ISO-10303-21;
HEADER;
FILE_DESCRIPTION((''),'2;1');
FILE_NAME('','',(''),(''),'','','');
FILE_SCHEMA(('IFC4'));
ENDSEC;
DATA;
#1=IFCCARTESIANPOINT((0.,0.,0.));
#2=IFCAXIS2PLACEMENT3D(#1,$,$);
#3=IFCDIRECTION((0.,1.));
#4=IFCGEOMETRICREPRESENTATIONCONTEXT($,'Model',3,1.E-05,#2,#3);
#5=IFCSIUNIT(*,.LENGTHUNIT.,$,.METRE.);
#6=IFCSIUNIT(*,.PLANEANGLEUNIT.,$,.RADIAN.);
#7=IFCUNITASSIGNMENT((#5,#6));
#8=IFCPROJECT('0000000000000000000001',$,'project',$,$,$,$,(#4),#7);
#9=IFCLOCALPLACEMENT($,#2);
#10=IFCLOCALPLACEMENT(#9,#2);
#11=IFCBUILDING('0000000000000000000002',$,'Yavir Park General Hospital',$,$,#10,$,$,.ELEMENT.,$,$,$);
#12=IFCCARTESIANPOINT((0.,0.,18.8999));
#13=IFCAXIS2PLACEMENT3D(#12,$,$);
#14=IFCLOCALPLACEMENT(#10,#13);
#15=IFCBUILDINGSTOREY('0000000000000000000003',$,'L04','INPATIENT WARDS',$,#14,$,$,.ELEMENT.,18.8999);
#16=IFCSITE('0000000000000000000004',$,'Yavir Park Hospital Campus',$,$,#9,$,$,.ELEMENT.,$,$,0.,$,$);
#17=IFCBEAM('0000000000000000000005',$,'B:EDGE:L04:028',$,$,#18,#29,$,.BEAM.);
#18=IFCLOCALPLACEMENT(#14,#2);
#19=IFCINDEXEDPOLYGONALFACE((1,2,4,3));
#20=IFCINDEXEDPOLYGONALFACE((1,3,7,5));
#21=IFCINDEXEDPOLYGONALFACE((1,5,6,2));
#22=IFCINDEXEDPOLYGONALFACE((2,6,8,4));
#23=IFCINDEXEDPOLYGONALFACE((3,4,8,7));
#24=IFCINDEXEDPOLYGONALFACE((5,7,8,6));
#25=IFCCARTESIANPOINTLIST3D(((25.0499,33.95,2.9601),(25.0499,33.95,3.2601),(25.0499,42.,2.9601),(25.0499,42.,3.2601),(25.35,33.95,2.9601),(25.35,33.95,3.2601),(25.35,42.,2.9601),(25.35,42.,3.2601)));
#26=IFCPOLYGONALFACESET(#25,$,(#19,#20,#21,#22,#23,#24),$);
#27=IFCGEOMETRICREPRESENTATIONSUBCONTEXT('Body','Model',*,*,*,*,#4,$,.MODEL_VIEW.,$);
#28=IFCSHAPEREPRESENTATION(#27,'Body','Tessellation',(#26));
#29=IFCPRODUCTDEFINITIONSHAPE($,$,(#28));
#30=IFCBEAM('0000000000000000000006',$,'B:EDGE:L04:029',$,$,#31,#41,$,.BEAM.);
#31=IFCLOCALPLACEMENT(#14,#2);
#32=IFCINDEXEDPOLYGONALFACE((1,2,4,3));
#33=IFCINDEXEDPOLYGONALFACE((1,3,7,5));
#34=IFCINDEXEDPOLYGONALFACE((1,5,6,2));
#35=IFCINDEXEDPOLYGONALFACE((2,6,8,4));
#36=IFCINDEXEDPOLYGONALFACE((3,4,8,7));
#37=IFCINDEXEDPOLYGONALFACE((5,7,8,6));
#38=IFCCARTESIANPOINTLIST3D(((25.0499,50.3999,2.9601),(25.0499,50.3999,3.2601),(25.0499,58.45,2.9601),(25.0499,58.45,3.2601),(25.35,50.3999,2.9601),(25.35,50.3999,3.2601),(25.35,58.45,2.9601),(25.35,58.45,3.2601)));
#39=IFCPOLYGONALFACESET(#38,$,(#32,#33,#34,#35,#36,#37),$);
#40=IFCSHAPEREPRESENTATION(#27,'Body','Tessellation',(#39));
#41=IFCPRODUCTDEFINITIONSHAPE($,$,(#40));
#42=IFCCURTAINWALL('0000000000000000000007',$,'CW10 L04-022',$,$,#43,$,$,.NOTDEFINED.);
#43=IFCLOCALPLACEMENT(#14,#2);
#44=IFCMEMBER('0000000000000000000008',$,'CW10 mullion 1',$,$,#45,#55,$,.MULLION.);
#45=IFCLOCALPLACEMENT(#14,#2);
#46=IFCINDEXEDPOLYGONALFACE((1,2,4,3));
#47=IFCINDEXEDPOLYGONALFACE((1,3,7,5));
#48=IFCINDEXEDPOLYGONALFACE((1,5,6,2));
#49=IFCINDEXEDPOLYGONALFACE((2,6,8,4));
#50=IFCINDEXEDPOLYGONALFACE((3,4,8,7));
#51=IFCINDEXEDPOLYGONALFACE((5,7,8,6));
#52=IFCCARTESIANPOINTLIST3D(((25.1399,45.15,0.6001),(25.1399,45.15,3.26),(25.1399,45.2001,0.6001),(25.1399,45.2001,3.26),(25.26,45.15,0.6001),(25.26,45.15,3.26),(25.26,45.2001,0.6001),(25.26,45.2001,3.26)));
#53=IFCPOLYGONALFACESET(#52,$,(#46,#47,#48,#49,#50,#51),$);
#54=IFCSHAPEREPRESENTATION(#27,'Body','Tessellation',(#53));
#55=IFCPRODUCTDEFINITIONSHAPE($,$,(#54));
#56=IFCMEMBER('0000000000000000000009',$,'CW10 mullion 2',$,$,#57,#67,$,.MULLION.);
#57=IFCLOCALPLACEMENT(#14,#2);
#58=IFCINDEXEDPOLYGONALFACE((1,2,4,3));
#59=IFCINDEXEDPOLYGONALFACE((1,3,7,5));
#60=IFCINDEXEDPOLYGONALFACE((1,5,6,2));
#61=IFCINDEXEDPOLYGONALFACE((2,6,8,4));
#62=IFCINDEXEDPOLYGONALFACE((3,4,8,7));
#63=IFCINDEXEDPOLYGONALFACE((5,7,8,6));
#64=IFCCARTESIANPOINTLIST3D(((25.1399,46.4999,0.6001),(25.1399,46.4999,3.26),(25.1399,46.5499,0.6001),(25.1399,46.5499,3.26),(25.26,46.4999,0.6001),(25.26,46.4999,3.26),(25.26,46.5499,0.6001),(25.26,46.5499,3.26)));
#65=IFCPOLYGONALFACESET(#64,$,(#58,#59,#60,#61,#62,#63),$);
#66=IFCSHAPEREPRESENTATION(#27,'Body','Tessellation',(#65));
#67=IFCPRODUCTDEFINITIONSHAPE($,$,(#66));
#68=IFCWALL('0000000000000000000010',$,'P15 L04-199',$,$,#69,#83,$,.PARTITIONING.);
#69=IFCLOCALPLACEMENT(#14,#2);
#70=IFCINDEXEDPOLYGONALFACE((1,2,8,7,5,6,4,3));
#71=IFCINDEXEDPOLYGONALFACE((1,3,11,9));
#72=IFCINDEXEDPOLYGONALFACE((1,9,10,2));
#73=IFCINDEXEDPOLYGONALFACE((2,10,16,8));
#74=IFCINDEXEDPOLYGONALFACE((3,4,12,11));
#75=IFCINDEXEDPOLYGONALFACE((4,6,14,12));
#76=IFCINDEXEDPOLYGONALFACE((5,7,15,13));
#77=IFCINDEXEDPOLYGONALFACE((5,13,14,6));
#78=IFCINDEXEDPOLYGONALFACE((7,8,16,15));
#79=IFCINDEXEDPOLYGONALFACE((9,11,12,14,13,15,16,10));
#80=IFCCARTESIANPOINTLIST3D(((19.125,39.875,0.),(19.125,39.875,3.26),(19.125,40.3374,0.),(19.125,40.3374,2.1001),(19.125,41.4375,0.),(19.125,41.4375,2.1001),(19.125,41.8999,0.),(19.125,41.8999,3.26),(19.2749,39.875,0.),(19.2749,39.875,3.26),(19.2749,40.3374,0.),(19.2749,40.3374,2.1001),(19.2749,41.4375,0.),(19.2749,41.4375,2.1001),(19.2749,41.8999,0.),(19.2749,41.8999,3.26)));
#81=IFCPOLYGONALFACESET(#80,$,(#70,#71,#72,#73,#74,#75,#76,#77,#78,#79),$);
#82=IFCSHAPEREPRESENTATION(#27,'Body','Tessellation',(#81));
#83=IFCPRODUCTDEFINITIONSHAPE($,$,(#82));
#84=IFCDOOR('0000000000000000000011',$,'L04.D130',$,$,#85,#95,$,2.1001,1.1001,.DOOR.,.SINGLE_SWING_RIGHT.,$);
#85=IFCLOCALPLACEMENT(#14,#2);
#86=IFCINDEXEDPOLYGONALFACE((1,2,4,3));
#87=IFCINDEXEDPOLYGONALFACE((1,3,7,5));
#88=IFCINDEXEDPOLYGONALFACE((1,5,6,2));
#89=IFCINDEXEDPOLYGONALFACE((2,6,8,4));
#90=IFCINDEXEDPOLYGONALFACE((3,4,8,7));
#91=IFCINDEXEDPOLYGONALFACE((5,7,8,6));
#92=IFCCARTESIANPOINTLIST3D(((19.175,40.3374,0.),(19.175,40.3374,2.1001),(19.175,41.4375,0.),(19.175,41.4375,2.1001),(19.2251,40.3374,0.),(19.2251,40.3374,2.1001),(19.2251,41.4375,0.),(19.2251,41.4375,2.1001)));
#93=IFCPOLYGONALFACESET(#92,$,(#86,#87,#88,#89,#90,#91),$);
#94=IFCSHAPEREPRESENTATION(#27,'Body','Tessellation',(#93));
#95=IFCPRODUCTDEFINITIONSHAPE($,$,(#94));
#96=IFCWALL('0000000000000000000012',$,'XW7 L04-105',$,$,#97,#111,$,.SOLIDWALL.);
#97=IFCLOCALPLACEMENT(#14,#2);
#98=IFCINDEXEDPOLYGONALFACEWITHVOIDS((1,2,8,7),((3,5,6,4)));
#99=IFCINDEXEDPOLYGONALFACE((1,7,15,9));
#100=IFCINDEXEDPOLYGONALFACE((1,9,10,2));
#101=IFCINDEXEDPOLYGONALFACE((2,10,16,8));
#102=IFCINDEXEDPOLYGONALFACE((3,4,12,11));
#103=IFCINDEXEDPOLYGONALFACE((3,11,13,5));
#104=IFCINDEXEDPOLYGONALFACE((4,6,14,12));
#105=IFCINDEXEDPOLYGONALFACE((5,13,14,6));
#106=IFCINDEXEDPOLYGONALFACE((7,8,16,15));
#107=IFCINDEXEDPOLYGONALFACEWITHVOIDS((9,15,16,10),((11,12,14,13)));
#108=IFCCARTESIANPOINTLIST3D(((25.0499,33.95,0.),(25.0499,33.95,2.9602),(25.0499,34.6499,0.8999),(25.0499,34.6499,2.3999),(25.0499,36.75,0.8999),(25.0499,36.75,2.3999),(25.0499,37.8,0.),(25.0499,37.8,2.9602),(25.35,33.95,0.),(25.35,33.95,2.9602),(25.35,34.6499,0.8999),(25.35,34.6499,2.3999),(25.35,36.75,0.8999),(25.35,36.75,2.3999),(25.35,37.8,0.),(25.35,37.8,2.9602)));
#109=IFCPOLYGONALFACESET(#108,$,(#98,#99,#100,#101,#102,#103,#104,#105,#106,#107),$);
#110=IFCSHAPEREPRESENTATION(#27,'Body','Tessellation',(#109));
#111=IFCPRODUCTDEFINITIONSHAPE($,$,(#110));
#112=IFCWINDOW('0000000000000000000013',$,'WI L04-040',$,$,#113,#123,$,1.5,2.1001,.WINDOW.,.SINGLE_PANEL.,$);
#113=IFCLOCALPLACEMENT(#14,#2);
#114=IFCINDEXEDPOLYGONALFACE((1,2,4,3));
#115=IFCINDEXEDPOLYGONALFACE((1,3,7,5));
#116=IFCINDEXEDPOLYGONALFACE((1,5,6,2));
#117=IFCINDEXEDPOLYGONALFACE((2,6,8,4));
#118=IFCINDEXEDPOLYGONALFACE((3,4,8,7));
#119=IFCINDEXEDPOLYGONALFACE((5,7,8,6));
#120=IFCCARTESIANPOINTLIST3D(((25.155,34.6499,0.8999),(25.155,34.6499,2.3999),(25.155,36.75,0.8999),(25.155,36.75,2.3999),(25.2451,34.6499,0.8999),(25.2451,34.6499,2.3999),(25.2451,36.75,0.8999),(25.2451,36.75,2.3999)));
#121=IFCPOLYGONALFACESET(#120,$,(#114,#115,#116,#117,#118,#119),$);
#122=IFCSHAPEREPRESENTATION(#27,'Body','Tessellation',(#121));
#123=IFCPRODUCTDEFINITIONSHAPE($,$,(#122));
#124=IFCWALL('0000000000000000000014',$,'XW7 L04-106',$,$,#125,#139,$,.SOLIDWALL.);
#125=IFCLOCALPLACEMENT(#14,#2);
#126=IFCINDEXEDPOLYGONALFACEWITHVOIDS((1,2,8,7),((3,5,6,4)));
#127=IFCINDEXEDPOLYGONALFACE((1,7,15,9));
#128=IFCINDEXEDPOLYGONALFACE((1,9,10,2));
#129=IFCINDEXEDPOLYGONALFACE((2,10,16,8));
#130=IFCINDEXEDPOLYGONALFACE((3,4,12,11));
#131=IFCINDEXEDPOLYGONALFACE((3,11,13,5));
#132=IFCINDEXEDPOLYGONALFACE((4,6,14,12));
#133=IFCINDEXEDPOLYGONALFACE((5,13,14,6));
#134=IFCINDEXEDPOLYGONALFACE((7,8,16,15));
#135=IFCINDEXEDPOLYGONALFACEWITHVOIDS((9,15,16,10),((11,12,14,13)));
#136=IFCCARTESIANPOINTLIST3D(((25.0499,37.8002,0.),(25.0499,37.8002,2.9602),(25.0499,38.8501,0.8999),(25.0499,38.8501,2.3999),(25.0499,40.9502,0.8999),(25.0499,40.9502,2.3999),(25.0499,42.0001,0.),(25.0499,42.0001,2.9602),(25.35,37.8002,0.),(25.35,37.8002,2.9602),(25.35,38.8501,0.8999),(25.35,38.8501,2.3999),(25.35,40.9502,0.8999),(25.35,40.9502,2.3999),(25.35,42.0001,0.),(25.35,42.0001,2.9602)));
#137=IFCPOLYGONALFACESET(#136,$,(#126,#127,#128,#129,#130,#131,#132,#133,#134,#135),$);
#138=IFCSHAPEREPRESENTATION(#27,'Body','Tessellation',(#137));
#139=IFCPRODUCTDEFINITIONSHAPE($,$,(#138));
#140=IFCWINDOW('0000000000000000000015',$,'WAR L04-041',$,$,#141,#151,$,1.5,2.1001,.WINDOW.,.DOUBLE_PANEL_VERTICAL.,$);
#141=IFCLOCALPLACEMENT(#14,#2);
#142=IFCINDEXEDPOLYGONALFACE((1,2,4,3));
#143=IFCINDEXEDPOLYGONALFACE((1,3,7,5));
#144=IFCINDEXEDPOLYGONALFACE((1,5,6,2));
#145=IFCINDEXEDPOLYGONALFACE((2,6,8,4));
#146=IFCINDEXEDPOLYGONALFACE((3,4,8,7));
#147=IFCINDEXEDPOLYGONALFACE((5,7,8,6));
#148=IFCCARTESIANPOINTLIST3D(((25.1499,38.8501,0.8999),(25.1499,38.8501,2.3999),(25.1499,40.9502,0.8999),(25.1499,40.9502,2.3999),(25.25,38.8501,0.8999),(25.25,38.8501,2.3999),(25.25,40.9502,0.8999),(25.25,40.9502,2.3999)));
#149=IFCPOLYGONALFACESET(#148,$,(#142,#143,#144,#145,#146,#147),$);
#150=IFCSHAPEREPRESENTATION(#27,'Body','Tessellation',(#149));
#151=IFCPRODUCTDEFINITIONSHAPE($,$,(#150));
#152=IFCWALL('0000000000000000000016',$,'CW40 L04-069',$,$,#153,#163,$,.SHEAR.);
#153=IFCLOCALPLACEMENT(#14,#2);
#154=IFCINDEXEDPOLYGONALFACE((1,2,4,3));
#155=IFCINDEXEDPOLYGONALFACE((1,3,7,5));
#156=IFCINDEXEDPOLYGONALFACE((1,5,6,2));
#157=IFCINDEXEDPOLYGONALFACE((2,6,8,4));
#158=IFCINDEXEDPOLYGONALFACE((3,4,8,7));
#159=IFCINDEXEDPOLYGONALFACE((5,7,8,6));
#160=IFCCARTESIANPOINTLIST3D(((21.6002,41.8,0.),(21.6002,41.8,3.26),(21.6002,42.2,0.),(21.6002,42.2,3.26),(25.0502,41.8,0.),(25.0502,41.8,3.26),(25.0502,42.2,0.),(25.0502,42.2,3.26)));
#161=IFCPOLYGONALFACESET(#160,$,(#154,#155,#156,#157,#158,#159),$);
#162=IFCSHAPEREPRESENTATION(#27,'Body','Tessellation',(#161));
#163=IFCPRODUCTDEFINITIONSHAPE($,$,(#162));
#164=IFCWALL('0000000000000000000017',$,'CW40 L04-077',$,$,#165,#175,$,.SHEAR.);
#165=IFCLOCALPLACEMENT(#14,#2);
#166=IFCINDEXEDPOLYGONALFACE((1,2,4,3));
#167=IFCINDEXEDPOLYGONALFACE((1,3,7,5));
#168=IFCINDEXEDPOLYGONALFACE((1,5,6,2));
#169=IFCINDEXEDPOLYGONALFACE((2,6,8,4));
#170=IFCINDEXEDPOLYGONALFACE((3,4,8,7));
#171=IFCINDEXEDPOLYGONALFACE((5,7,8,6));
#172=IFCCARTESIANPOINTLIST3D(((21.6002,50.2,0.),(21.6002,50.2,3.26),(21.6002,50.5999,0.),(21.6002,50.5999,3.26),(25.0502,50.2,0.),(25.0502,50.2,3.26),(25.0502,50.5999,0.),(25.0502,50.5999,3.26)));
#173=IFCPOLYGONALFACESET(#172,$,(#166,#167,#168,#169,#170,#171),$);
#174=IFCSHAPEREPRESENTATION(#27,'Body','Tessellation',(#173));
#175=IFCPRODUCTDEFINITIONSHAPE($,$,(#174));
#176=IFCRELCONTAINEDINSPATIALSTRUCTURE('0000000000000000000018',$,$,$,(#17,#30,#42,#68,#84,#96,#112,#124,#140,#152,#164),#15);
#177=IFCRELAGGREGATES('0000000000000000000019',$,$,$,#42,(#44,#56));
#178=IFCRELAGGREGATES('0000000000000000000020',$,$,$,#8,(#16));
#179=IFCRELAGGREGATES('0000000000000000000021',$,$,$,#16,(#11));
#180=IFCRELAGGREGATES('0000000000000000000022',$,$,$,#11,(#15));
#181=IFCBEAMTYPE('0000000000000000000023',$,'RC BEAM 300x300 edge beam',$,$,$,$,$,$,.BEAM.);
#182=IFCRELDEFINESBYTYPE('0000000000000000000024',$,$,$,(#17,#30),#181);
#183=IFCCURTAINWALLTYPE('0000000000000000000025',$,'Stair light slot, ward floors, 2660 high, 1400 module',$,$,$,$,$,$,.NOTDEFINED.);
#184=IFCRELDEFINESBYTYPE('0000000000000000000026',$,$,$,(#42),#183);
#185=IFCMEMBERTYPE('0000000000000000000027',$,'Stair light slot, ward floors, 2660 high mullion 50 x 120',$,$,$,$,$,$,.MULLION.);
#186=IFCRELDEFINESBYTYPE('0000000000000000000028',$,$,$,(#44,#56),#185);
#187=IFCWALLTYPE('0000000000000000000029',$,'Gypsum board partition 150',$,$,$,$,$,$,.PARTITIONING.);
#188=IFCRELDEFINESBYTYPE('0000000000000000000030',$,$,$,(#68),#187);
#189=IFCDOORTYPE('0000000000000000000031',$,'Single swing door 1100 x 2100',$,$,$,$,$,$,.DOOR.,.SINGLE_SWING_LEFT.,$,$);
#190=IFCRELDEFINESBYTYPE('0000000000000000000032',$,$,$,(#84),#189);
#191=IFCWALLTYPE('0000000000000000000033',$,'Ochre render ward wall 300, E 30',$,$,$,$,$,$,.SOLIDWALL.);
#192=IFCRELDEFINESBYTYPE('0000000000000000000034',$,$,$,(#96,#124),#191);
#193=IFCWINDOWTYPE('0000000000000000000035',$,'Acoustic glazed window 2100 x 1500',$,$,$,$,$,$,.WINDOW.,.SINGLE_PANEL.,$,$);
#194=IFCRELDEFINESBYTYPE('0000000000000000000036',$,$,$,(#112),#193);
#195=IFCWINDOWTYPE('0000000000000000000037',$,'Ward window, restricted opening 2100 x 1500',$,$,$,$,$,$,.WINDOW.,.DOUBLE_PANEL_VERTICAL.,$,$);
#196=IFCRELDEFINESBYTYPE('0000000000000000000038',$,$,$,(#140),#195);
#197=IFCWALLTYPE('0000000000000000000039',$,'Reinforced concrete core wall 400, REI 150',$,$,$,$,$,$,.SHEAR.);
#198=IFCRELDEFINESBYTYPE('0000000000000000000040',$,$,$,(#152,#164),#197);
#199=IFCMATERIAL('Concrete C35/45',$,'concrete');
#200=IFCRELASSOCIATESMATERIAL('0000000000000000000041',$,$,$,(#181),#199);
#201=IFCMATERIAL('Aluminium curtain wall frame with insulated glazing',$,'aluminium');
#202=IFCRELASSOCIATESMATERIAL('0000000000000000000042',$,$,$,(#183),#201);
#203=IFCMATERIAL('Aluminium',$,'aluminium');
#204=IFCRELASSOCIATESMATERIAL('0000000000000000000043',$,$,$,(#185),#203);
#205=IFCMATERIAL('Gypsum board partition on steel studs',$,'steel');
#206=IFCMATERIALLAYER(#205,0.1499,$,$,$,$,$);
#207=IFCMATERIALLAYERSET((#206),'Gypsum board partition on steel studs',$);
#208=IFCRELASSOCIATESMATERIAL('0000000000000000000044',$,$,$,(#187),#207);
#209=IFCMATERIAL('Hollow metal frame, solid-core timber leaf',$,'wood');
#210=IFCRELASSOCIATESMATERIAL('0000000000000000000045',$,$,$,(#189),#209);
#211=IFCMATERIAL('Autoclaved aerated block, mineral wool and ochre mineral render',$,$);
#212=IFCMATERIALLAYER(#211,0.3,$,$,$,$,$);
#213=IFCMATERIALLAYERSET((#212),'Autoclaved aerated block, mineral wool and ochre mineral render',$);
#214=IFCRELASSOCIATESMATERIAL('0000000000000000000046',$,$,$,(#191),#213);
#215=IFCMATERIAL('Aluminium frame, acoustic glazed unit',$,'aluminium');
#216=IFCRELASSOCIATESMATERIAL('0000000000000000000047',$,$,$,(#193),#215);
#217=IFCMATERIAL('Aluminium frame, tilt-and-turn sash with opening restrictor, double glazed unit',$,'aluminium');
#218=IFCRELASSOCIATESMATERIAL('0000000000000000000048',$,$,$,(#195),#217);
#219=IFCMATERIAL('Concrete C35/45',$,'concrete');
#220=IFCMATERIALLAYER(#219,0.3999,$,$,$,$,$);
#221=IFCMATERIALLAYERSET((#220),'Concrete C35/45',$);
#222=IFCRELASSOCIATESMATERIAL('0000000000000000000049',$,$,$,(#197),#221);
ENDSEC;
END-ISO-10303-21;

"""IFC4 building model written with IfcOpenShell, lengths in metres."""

from ifc_helpers import new_model, si_unit, direction, frame, frame_2d, origin, origin_2d, place, context, subcontext, project, spatial, rectangle, extrude, material, layer, layer_set, material_profile, profile_set, type_object, element, fill, aggregate, save


model = new_model("IFC4")

# Units and contexts
model_context = context("Model", 3, precision=1e-05, world=origin(), true_north=direction((0.0, 1.0)))
body_context = subcontext(model_context, "Body", "Model", "MODEL_VIEW")
ifc_project = project(units=[si_unit("LENGTHUNIT", "METRE"), si_unit("PLANEANGLEUNIT", "RADIAN")], contexts=[model_context])

# Site, building, storey
site_placement = place(None, origin())
site = spatial("IfcSite", under=ifc_project, at=site_placement, Name="Yavir Park Hospital Campus", CompositionType="ELEMENT", RefElevation=0.0)
building_placement = place(site_placement, origin())
building = spatial("IfcBuilding", under=site, at=building_placement, Name="Yavir Park General Hospital", CompositionType="ELEMENT")
storey_placement = place(building_placement, frame((0.0, 0.0, 18.8999)))
storey = spatial("IfcBuildingStorey", under=building, at=storey_placement, Name="L04", Description="INPATIENT WARDS", CompositionType="ELEMENT", Elevation=18.8999)

# Beams
ifc_material_1 = material(Name="Concrete C35/45", Category="concrete")
ifc_material_profile_1 = material_profile(ifc_material_1, rectangle(XDim=0.3, YDim=0.3, at=origin_2d()), Name="RC300x300")
ifc_profile_set_1 = profile_set([ifc_material_profile_1], Name="Concrete C35/45")
beam_type = type_object("IfcBeamType", Name="RC BEAM 300x300 edge beam", PredefinedType="BEAM", material=ifc_profile_set_1)
for number, where, z_axis, x_axis, name in (
    (1, (25.2, 33.95, 3.1101), (0.0, 1.0, 0.0), (-1.0, 0.0, 0.0), "B:EDGE:L04:028"),
    (2, (25.2, 50.3999, 3.1101), (0.0, 1.0, 0.0), (-1.0, 0.0, 0.0), "B:EDGE:L04:029"),
):
    element("IfcBeam", number, at=place(storey_placement, frame(where, z_axis=z_axis, x_axis=x_axis)), inside=storey, type_object=beam_type, Name=name, PredefinedType="BEAM", context=body_context, shape_type="SweptSolid", body=[
        extrude(rectangle(XDim=0.3, YDim=0.3, at=origin_2d()), origin(), (0.0, 0.0, 1.0), 8.05),
    ])

# Curtain wall, members
ifc_material_2 = material(Name="Aluminium curtain wall frame with insulated glazing", Category="aluminium")
curtain_wall_type = type_object("IfcCurtainWallType", Name="Stair light slot, ward floors, 2660 high, 1400 module", PredefinedType="NOTDEFINED", material=ifc_material_2)
curtain_wall_placement = place(storey_placement, origin())
curtain_wall = element("IfcCurtainWall", 3, at=curtain_wall_placement, inside=storey, type_object=curtain_wall_type, Name="CW10 L04-022", PredefinedType="NOTDEFINED")
ifc_material_3 = material(Name="Aluminium", Category="aluminium")
ifc_material_profile_2 = material_profile(ifc_material_3, rectangle(XDim=0.1201, YDim=0.05, at=origin_2d()), Name="AL 50x120")
ifc_profile_set_2 = profile_set([ifc_material_profile_2], Name="Aluminium")
member_type = type_object("IfcMemberType", Name="Stair light slot, ward floors, 2660 high mullion 50 x 120", PredefinedType="MULLION", material=ifc_profile_set_2)
member_1_placement = place(storey_placement, frame((25.2, 45.175, 0.6001), z_axis=(0.0, 0.0, 1.0), x_axis=(-1.0, 0.0, 0.0)))
member_1 = element("IfcMember", 4, at=member_1_placement, type_object=member_type, Name="CW10 mullion 1", PredefinedType="MULLION", context=body_context, shape_type="SweptSolid", body=[
    extrude(rectangle(XDim=0.1201, YDim=0.05, at=origin_2d()), origin(), (0.0, 0.0, 1.0), 2.6599),
])
member_2_placement = place(storey_placement, frame((25.2, 46.5249, 0.6001), z_axis=(0.0, 0.0, 1.0), x_axis=(-1.0, 0.0, 0.0)))
member_2 = element("IfcMember", 5, at=member_2_placement, type_object=member_type, Name="CW10 mullion 2", PredefinedType="MULLION", context=body_context, shape_type="SweptSolid", body=[
    extrude(rectangle(XDim=0.1201, YDim=0.05, at=origin_2d()), origin(), (0.0, 0.0, 1.0), 2.6599),
])
aggregate(curtain_wall, [member_1, member_2])

# Wall, opening, door
ifc_material_4 = material(Name="Gypsum board partition on steel studs", Category="steel")
ifc_layer_1 = layer(ifc_material_4, 0.1499)
ifc_layer_set_1 = layer_set([ifc_layer_1], Name="Gypsum board partition on steel studs")
wall_type_1 = type_object("IfcWallType", Name="Gypsum board partition 150", PredefinedType="PARTITIONING", material=ifc_layer_set_1)
wall_1_placement = place(storey_placement, frame((19.2, 39.875, 0.0), z_axis=(0.0, 0.0, 1.0), x_axis=(0.0, 1.0, 0.0)))
wall_1 = element("IfcWall", 6, at=wall_1_placement, inside=storey, type_object=wall_type_1, Name="P15 L04-199", PredefinedType="PARTITIONING", context=body_context, shape_type="SweptSolid", body=[
    extrude(rectangle(XDim=2.0249, YDim=0.1499, at=frame_2d((1.0125, 0.0))), origin(), (0.0, 0.0, 1.0), 3.26),
])
opening_1_placement = place(wall_1_placement, frame((0.4624, 0.0, 0.0)))
opening_1 = element("IfcOpeningElement", 7, at=opening_1_placement, cuts=wall_1, PredefinedType="OPENING", context=body_context, shape_type="SweptSolid", body=[
    extrude(rectangle(XDim=1.1001, YDim=2.1001, at=frame_2d((0.55, 1.05))), frame((0.0, 0.085, 0.0), z_axis=(0.0, -1.0, 0.0), x_axis=(1.0, 0.0, 0.0)), (0.0, 0.0, 1.0), 0.1699),
])
ifc_material_5 = material(Name="Hollow metal frame, solid-core timber leaf", Category="wood")
door_type_1 = type_object("IfcDoorType", Name="Single swing door 1100 x 2100", OperationType="SINGLE_SWING_LEFT", PredefinedType="DOOR", material=ifc_material_5)
door_1_placement = place(opening_1_placement, origin())
door_1 = element("IfcDoor", 8, at=door_1_placement, inside=storey, type_object=door_type_1, Name="L04.D130", OperationType="SINGLE_SWING_RIGHT", OverallHeight=2.1001, OverallWidth=1.1001, PredefinedType="DOOR", context=body_context, shape_type="SweptSolid", body=[
    extrude(rectangle(XDim=1.1001, YDim=2.1001, at=frame_2d((0.55, 1.05))), frame((0.0, 0.0249, 0.0), z_axis=(0.0, -1.0, 0.0), x_axis=(1.0, 0.0, 0.0)), (0.0, 0.0, 1.0), 0.05),
])
fill(opening_1, door_1)

# Walls, openings, windows
ifc_material_6 = material(Name="Autoclaved aerated block, mineral wool and ochre mineral render")
ifc_layer_2 = layer(ifc_material_6, 0.3)
ifc_layer_set_2 = layer_set([ifc_layer_2], Name="Autoclaved aerated block, mineral wool and ochre mineral render")
wall_type_2 = type_object("IfcWallType", Name="Ochre render ward wall 300, E 30", PredefinedType="SOLIDWALL", material=ifc_layer_set_2)
wall_2_placement = place(storey_placement, frame((25.2, 33.95, 0.0), z_axis=(0.0, 0.0, 1.0), x_axis=(0.0, 1.0, 0.0)))
wall_2 = element("IfcWall", 9, at=wall_2_placement, inside=storey, type_object=wall_type_2, Name="XW7 L04-105", PredefinedType="SOLIDWALL", context=body_context, shape_type="SweptSolid", body=[
    extrude(rectangle(XDim=3.8501, YDim=0.3, at=frame_2d((1.925, 0.0))), origin(), (0.0, 0.0, 1.0), 2.9602),
])
opening_2_placement = place(wall_2_placement, frame((0.7, 0.0, 0.8999)))
opening_2 = element("IfcOpeningElement", 10, at=opening_2_placement, cuts=wall_2, PredefinedType="OPENING", context=body_context, shape_type="SweptSolid", body=[
    extrude(rectangle(XDim=2.1001, YDim=1.5, at=frame_2d((1.05, 0.75))), frame((0.0, 0.1599, 0.0), z_axis=(0.0, -1.0, 0.0), x_axis=(1.0, 0.0, 0.0)), (0.0, 0.0, 1.0), 0.3201),
])
ifc_material_7 = material(Name="Aluminium frame, acoustic glazed unit", Category="aluminium")
window_type_1 = type_object("IfcWindowType", Name="Acoustic glazed window 2100 x 1500", PartitioningType="SINGLE_PANEL", PredefinedType="WINDOW", material=ifc_material_7)
window_1_placement = place(opening_2_placement, origin())
window_1 = element("IfcWindow", 11, at=window_1_placement, inside=storey, type_object=window_type_1, Name="WI L04-040", OverallHeight=1.5, OverallWidth=2.1001, PartitioningType="SINGLE_PANEL", PredefinedType="WINDOW", context=body_context, shape_type="SweptSolid", body=[
    extrude(rectangle(XDim=2.1001, YDim=1.5, at=frame_2d((1.05, 0.75))), frame((0.0, 0.0449, 0.0), z_axis=(0.0, -1.0, 0.0), x_axis=(1.0, 0.0, 0.0)), (0.0, 0.0, 1.0), 0.0901),
])
fill(opening_2, window_1)
wall_3_placement = place(storey_placement, frame((25.2, 37.8, 0.0), z_axis=(0.0, 0.0, 1.0), x_axis=(0.0, 1.0, 0.0)))
wall_3 = element("IfcWall", 12, at=wall_3_placement, inside=storey, type_object=wall_type_2, Name="XW7 L04-106", PredefinedType="SOLIDWALL", context=body_context, shape_type="SweptSolid", body=[
    extrude(rectangle(XDim=4.2, YDim=0.3, at=frame_2d((2.1001, 0.0))), origin(), (0.0, 0.0, 1.0), 2.9602),
])
opening_3_placement = place(wall_3_placement, frame((1.05, 0.0, 0.8999)))
opening_3 = element("IfcOpeningElement", 13, at=opening_3_placement, cuts=wall_3, PredefinedType="OPENING", context=body_context, shape_type="SweptSolid", body=[
    extrude(rectangle(XDim=2.1001, YDim=1.5, at=frame_2d((1.05, 0.75))), frame((0.0, 0.1599, 0.0), z_axis=(0.0, -1.0, 0.0), x_axis=(1.0, 0.0, 0.0)), (0.0, 0.0, 1.0), 0.3201),
])
ifc_material_8 = material(Name="Aluminium frame, tilt-and-turn sash with opening restrictor, double glazed unit", Category="aluminium")
window_type_2 = type_object("IfcWindowType", Name="Ward window, restricted opening 2100 x 1500", PartitioningType="DOUBLE_PANEL_VERTICAL", PredefinedType="WINDOW", material=ifc_material_8)
window_2_placement = place(opening_3_placement, origin())
window_2 = element("IfcWindow", 14, at=window_2_placement, inside=storey, type_object=window_type_2, Name="WAR L04-041", OverallHeight=1.5, OverallWidth=2.1001, PartitioningType="DOUBLE_PANEL_VERTICAL", PredefinedType="WINDOW", context=body_context, shape_type="SweptSolid", body=[
    extrude(rectangle(XDim=2.1001, YDim=1.5, at=frame_2d((1.05, 0.75))), frame((0.0, 0.05, 0.0), z_axis=(0.0, -1.0, 0.0), x_axis=(1.0, 0.0, 0.0)), (0.0, 0.0, 1.0), 0.1001),
])
fill(opening_3, window_2)

# Walls
ifc_material_9 = material(Name="Concrete C35/45", Category="concrete")
ifc_layer_3 = layer(ifc_material_9, 0.3999)
ifc_layer_set_3 = layer_set([ifc_layer_3], Name="Concrete C35/45")
wall_type_3 = type_object("IfcWallType", Name="Reinforced concrete core wall 400, REI 150", PredefinedType="SHEAR", material=ifc_layer_set_3)
for number, where, z_axis, x_axis, name in (
    (15, (21.6001, 42.0, 0.0), (0.0, 0.0, 1.0), (1.0, 0.0, 0.0), "CW40 L04-069"),
    (16, (21.6001, 50.3999, 0.0), (0.0, 0.0, 1.0), (1.0, 0.0, 0.0), "CW40 L04-077"),
):
    element("IfcWall", number, at=place(storey_placement, frame(where, z_axis=z_axis, x_axis=x_axis)), inside=storey, type_object=wall_type_3, Name=name, PredefinedType="SHEAR", context=body_context, shape_type="SweptSolid", body=[
        extrude(rectangle(XDim=3.45, YDim=0.3999, at=frame_2d((1.7251, 0.0))), origin(), (0.0, 0.0, 1.0), 3.26),
    ])

save(model, "model.ifc")
